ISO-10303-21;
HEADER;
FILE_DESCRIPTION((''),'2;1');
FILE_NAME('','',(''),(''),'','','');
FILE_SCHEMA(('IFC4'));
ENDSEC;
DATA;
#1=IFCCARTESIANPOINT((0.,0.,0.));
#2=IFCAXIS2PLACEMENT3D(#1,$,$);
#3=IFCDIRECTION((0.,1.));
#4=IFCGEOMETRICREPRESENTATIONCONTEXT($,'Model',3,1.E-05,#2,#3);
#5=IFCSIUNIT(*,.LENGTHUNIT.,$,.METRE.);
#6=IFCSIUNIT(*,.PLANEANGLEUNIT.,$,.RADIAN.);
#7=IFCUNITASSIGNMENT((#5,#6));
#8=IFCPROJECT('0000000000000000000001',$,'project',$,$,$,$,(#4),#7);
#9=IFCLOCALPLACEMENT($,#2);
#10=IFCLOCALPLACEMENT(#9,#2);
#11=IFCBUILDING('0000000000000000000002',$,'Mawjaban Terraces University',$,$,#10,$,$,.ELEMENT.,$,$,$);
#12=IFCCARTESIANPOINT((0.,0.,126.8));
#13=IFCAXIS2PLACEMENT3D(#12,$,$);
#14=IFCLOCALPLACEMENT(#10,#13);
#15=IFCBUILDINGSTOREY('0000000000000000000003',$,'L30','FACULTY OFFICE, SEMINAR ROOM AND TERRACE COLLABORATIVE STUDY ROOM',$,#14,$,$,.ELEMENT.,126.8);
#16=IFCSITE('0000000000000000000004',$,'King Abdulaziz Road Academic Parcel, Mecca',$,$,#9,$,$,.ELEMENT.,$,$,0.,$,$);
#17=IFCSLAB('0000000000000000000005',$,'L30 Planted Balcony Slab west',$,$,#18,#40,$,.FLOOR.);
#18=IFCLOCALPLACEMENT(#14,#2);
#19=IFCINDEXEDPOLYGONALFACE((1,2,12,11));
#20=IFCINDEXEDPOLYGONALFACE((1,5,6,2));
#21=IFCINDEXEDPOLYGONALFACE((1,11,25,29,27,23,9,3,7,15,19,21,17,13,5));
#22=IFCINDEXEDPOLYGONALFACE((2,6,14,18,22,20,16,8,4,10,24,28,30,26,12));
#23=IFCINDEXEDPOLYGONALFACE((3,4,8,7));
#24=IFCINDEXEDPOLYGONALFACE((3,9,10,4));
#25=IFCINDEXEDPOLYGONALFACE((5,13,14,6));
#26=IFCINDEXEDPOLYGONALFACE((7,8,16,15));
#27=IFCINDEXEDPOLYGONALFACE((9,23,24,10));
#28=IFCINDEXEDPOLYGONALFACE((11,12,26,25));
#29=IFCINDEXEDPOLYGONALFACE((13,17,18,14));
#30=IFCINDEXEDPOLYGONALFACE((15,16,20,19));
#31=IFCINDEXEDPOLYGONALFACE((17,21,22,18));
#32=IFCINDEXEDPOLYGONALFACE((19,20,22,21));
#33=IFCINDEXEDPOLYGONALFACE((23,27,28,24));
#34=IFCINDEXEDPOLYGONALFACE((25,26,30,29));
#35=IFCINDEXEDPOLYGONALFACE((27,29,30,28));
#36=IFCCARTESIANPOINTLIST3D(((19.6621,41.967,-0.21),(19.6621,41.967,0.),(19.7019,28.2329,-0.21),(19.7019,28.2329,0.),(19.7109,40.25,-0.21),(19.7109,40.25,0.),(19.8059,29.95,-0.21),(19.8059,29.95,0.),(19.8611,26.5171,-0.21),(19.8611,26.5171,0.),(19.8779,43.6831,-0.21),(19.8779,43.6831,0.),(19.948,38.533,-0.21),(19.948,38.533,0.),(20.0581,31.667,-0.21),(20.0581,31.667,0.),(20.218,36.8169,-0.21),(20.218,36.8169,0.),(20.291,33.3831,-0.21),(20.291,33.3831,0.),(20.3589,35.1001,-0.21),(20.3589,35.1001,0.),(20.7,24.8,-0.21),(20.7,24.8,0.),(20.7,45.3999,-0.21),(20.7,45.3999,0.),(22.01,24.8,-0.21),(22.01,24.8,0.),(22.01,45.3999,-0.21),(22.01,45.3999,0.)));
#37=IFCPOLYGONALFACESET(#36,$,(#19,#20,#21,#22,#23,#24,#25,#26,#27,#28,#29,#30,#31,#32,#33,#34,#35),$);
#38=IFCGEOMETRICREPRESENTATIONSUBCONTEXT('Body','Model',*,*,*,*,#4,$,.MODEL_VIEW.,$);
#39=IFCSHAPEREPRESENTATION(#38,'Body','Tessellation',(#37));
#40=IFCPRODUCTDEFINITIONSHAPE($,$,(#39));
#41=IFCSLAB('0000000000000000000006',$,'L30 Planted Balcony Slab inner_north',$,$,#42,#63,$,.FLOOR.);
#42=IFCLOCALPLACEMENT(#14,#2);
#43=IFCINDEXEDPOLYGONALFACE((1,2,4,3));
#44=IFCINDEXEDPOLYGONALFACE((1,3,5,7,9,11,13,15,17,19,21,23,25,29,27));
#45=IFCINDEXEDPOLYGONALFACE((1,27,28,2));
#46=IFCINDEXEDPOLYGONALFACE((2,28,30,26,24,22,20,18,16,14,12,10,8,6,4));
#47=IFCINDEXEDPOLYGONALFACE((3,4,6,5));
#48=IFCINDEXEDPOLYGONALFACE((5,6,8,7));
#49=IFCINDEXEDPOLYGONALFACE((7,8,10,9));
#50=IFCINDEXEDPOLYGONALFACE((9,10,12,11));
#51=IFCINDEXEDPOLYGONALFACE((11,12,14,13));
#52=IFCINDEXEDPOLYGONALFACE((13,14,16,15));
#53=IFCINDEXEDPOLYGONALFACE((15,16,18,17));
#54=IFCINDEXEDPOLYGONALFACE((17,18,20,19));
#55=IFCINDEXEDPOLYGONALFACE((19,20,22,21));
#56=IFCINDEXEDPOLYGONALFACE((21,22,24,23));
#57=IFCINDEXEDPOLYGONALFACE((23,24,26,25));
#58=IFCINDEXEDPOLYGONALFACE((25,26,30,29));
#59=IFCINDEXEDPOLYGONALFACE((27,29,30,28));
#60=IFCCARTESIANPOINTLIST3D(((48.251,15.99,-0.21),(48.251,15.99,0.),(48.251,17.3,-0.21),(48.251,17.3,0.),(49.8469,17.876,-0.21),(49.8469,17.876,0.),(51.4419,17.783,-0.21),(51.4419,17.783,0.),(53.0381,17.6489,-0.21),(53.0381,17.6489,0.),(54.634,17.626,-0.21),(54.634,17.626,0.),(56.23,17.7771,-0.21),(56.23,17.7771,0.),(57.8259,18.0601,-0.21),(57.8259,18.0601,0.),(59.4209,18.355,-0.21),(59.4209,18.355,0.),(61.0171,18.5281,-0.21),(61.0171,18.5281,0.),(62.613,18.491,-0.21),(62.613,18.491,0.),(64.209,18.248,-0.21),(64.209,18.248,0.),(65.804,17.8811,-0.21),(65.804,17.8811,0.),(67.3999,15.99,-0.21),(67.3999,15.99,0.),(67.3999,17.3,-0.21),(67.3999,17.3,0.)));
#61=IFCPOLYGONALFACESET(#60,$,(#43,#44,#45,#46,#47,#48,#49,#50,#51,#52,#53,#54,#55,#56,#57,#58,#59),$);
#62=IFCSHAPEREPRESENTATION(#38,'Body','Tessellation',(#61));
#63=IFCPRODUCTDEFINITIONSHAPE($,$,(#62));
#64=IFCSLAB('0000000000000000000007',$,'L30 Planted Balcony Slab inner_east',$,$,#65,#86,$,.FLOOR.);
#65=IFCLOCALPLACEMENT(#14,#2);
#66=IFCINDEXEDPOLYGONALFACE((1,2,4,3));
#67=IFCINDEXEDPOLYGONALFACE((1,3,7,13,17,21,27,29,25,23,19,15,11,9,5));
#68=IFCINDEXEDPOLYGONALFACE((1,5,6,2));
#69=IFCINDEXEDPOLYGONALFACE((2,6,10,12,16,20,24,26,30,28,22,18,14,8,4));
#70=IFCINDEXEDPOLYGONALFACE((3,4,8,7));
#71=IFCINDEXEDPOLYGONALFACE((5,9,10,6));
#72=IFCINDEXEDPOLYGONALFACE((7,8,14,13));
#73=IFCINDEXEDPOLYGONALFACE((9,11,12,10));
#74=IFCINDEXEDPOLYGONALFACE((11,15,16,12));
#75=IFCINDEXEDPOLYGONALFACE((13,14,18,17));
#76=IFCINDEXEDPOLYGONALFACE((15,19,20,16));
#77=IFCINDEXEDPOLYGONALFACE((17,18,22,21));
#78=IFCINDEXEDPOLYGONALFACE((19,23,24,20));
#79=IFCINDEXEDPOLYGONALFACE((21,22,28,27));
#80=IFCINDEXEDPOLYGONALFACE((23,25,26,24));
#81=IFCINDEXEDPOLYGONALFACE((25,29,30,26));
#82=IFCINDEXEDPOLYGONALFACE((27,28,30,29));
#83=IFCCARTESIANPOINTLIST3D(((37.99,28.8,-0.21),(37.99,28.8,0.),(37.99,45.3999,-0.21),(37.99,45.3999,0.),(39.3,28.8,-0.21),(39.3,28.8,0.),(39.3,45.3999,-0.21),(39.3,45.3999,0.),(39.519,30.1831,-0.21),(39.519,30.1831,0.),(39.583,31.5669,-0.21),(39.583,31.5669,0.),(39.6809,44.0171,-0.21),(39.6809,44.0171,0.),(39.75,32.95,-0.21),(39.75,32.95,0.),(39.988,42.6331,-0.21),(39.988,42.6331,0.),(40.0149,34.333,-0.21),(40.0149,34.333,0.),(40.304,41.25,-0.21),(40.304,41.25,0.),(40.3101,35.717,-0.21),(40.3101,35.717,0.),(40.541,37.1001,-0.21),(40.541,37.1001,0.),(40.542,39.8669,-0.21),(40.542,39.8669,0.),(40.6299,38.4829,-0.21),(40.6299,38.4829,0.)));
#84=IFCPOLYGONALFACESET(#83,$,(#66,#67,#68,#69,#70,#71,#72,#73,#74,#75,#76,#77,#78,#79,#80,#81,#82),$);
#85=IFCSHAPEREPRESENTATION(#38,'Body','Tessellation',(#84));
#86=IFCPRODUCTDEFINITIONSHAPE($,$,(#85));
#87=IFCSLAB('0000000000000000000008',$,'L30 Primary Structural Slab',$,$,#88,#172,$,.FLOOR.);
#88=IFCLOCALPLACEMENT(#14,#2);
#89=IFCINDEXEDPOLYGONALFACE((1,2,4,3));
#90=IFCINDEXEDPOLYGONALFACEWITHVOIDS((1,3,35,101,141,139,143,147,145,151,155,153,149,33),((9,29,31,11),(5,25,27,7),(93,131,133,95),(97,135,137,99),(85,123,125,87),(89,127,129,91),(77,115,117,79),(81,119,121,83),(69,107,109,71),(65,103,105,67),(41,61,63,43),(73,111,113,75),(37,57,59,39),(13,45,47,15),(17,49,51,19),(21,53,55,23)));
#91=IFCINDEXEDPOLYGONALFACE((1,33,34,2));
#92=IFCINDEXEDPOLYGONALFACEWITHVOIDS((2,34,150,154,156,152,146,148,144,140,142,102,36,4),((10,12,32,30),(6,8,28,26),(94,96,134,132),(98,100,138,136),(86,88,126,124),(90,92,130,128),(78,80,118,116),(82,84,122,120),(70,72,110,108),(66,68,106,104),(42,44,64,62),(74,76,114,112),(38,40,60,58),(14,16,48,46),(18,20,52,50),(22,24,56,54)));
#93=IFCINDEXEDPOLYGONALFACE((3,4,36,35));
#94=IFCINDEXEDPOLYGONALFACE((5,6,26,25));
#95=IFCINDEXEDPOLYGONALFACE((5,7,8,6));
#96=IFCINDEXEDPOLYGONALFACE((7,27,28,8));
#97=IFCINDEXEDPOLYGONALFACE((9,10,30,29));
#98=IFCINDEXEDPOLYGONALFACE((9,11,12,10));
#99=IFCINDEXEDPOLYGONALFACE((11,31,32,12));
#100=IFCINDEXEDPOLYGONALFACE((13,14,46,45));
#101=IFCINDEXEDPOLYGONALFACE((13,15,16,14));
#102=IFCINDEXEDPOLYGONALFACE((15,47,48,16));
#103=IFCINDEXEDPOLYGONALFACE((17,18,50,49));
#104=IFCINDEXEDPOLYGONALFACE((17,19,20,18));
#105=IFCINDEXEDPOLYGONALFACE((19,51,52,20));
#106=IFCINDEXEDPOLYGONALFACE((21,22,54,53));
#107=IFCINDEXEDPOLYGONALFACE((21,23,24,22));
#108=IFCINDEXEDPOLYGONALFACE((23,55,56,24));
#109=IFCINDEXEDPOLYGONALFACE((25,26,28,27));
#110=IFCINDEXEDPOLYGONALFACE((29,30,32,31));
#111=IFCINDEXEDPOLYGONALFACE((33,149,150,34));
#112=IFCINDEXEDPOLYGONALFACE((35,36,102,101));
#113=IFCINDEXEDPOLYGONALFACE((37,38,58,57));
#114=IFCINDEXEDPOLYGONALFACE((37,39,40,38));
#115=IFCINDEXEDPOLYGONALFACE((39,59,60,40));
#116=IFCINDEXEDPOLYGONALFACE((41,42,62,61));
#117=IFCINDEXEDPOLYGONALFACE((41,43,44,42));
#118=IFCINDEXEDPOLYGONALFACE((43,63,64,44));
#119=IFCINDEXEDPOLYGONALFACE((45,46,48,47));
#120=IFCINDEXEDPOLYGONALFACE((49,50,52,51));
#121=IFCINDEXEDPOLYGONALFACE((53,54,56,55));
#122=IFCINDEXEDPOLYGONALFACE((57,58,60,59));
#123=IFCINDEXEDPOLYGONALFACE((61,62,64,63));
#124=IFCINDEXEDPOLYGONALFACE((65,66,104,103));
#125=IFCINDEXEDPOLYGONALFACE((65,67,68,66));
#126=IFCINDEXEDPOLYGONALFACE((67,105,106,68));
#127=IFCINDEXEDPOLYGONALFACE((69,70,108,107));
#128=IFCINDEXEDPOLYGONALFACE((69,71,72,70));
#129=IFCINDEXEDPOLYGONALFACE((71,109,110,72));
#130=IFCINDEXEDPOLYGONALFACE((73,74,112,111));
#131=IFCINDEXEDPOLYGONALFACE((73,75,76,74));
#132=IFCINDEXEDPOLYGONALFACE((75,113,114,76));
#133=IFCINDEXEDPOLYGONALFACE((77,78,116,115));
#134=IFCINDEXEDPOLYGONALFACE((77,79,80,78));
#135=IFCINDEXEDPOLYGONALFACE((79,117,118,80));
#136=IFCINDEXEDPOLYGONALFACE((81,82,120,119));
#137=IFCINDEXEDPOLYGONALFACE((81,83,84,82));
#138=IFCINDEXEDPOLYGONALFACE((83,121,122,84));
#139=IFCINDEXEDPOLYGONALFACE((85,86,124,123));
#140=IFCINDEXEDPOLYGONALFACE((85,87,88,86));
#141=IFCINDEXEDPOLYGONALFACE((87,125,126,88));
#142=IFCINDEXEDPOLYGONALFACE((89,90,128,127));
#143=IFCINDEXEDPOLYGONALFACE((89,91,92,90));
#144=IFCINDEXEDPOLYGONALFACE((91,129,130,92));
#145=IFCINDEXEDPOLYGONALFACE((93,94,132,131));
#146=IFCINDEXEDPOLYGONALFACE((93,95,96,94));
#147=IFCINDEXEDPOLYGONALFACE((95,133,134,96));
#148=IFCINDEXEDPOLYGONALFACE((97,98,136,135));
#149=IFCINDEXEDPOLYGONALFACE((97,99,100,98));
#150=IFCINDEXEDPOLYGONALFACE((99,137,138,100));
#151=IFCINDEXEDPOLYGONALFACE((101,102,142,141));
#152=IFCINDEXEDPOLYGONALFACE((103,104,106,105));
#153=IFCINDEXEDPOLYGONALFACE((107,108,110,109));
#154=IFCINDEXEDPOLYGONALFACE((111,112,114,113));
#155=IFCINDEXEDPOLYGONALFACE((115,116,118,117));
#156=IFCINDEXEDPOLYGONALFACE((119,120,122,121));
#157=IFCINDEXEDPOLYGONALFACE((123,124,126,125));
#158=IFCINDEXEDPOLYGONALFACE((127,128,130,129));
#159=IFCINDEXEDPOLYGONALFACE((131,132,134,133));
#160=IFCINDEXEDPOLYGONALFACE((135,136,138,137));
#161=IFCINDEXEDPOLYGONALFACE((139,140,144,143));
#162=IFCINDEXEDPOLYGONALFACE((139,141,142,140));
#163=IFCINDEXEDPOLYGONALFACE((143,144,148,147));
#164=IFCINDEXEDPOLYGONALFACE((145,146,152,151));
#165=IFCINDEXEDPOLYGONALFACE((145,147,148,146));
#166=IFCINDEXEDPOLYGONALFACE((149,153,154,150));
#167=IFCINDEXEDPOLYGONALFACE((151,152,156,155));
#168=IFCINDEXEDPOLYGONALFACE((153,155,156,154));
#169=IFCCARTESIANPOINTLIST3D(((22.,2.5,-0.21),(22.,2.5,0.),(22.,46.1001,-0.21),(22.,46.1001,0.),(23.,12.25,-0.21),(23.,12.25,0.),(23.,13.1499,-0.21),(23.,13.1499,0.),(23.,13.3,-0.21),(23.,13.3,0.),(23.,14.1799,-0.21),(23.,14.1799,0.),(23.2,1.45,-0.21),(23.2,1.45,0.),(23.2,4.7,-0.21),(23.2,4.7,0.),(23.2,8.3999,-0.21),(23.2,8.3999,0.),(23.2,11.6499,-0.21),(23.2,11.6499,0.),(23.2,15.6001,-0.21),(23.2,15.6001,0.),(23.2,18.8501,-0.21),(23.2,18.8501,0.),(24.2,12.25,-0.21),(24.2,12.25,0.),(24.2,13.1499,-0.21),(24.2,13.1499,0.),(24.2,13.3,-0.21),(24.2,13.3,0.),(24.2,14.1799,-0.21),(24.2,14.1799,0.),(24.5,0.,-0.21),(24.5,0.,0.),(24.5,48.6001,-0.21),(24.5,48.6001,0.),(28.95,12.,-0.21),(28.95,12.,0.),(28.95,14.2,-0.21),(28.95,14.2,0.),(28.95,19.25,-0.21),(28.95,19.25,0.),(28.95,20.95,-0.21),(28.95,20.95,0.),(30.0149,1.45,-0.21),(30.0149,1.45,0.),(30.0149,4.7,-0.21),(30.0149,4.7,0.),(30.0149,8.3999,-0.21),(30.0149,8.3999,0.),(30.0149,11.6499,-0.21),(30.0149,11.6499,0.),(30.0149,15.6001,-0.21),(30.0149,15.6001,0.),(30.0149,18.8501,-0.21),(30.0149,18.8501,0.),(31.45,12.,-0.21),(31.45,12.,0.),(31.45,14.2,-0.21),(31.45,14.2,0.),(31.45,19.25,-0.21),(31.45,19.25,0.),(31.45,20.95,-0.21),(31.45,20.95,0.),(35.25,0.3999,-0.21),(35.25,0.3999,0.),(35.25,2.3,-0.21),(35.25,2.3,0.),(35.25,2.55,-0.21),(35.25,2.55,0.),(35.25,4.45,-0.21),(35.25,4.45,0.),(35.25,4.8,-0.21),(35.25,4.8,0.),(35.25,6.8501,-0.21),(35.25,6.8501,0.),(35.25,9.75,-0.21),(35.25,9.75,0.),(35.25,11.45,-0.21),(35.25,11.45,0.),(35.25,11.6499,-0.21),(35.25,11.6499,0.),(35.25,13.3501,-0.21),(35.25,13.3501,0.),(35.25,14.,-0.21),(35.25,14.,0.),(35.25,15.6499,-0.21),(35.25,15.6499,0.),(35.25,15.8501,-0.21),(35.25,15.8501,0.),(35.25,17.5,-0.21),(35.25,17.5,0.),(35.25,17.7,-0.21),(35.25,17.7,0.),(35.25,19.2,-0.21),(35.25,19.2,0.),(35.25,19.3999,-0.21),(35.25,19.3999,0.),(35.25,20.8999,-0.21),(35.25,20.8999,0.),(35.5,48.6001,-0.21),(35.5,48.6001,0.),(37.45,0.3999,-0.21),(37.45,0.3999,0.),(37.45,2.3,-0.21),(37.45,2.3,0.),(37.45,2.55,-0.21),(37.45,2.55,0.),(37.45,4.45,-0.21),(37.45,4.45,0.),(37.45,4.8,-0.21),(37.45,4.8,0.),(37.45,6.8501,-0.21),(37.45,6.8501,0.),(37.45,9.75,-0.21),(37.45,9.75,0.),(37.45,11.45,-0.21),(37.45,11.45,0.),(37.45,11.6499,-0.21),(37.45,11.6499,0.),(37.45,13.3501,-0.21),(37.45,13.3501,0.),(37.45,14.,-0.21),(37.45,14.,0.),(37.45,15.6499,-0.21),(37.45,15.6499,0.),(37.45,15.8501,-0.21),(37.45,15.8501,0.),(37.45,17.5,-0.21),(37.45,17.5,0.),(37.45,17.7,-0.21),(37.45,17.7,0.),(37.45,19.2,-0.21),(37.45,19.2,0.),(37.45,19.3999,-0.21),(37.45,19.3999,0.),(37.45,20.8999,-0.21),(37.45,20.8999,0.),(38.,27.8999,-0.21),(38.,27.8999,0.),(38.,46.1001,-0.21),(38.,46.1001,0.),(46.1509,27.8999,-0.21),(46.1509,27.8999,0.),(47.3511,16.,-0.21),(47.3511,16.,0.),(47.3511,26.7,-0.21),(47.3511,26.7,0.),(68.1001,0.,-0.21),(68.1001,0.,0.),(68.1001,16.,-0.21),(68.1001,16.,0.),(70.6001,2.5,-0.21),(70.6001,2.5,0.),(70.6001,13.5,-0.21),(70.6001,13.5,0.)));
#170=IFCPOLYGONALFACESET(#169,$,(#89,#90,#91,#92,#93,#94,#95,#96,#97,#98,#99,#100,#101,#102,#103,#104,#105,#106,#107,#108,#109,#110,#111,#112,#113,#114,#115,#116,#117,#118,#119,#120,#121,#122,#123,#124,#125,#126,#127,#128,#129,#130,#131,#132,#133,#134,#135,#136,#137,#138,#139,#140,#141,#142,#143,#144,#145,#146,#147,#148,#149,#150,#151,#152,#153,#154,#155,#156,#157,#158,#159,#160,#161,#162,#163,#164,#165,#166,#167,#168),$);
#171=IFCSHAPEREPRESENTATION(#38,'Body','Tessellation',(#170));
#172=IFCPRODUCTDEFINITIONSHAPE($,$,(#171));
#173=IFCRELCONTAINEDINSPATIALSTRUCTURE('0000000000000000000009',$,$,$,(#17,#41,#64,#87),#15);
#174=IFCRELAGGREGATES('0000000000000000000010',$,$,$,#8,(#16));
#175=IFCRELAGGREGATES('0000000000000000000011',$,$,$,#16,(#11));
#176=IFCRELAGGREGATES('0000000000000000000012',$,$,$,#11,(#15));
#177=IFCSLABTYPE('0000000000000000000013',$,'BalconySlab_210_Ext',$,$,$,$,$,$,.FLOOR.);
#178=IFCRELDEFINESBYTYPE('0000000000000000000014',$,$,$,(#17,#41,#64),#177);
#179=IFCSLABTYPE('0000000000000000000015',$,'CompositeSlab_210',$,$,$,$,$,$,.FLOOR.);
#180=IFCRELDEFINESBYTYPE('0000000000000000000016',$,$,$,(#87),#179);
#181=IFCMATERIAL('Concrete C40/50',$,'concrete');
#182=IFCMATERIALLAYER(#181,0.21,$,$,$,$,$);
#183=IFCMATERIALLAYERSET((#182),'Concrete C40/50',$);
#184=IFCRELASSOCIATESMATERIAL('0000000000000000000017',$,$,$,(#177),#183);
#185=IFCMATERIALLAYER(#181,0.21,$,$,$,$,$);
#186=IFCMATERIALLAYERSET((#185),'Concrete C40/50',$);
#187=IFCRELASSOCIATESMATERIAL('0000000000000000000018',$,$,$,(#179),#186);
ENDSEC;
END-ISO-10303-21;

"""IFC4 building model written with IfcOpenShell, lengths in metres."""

from ifc_helpers import new_model, si_unit, direction, frame, origin, place, context, subcontext, project, spatial, polyline, outline, extrude, material, layer, layer_set, type_object, element, save


model = new_model("IFC4")

# Units and contexts
model_context = context("Model", 3, precision=1e-05, world=origin(), true_north=direction((0.0, 1.0)))
body_context = subcontext(model_context, "Body", "Model", "MODEL_VIEW")
ifc_project = project(units=[si_unit("LENGTHUNIT", "METRE"), si_unit("PLANEANGLEUNIT", "RADIAN")], contexts=[model_context])

# Site, building, storey
site_placement = place(None, origin())
site = spatial("IfcSite", under=ifc_project, at=site_placement, Name="King Abdulaziz Road Academic Parcel, Mecca", CompositionType="ELEMENT", RefElevation=0.0)
building_placement = place(site_placement, origin())
building = spatial("IfcBuilding", under=site, at=building_placement, Name="Mawjaban Terraces University", CompositionType="ELEMENT")
storey_placement = place(building_placement, frame((0.0, 0.0, 126.8)))
storey = spatial("IfcBuildingStorey", under=building, at=storey_placement, Name="L30", Description="FACULTY OFFICE, SEMINAR ROOM AND TERRACE COLLABORATIVE STUDY ROOM", CompositionType="ELEMENT", Elevation=126.8)

# Slabs
ifc_material_1 = material(Name="Concrete C40/50", Category="concrete")
ifc_layer_1 = layer(ifc_material_1, 0.21)
ifc_layer_set_1 = layer_set([ifc_layer_1], Name="Concrete C40/50")
slab_type_1 = type_object("IfcSlabType", Name="BalconySlab_210_Ext", PredefinedType="FLOOR", material=ifc_layer_set_1)
slab_1_placement = place(storey_placement, frame((0.0, 0.0, -0.21)))
element("IfcSlab", 1, at=slab_1_placement, inside=storey, type_object=slab_type_1, Name="L30 Planted Balcony Slab west", PredefinedType="FLOOR", context=body_context, shape_type="SweptSolid", body=[
    extrude(outline(polyline([(22.01, 24.8), (22.01, 45.3999), (20.7, 45.3999), (19.8779, 43.6831), (19.6621, 41.967), (19.7109, 40.25), (19.948, 38.533), (20.218, 36.8169), (20.3589, 35.1001), (20.291, 33.3831), (20.0581, 31.667), (19.8059, 29.95), (19.7019, 28.2329), (19.8611, 26.5171), (20.7, 24.8), (22.01, 24.8)])), origin(), (0.0, 0.0, 1.0), 0.21),
])
slab_2_placement = place(storey_placement, frame((0.0, 0.0, -0.21)))
element("IfcSlab", 2, at=slab_2_placement, inside=storey, type_object=slab_type_1, Name="L30 Planted Balcony Slab inner_north", PredefinedType="FLOOR", context=body_context, shape_type="SweptSolid", body=[
    extrude(outline(polyline([(48.251, 15.99), (67.3999, 15.99), (67.3999, 17.3), (65.804, 17.8811), (64.209, 18.248), (62.613, 18.491), (61.0171, 18.5281), (59.4209, 18.355), (57.8259, 18.0601), (56.23, 17.7771), (54.634, 17.626), (53.0381, 17.6489), (51.4419, 17.783), (49.8469, 17.876), (48.251, 17.3), (48.251, 15.99)])), origin(), (0.0, 0.0, 1.0), 0.21),
])
slab_3_placement = place(storey_placement, frame((0.0, 0.0, -0.21)))
element("IfcSlab", 3, at=slab_3_placement, inside=storey, type_object=slab_type_1, Name="L30 Planted Balcony Slab inner_east", PredefinedType="FLOOR", context=body_context, shape_type="SweptSolid", body=[
    extrude(outline(polyline([(39.3, 28.8), (39.519, 30.1831), (39.583, 31.5669), (39.75, 32.95), (40.0149, 34.333), (40.3101, 35.717), (40.541, 37.1001), (40.6299, 38.4829), (40.542, 39.8669), (40.304, 41.25), (39.988, 42.6331), (39.6809, 44.0171), (39.3, 45.3999), (37.99, 45.3999), (37.99, 28.8), (39.3, 28.8)])), origin(), (0.0, 0.0, 1.0), 0.21),
])
ifc_layer_2 = layer(ifc_material_1, 0.21)
ifc_layer_set_2 = layer_set([ifc_layer_2], Name="Concrete C40/50")
slab_type_2 = type_object("IfcSlabType", Name="CompositeSlab_210", PredefinedType="FLOOR", material=ifc_layer_set_2)
slab_4_placement = place(storey_placement, frame((0.0, 0.0, -0.21)))
element("IfcSlab", 4, at=slab_4_placement, inside=storey, type_object=slab_type_2, Name="L30 Primary Structural Slab", PredefinedType="FLOOR", context=body_context, shape_type="SweptSolid", body=[
    extrude(outline(polyline([(24.5, 0.0), (68.1001, 0.0), (70.6001, 2.5), (70.6001, 13.5), (68.1001, 16.0), (47.3511, 16.0), (47.3511, 26.7), (46.1509, 27.8999), (38.0, 27.8999), (38.0, 46.1001), (35.5, 48.6001), (24.5, 48.6001), (22.0, 46.1001), (22.0, 2.5), (24.5, 0.0)]), holes=[polyline([(30.0149, 4.7), (23.2, 4.7), (23.2, 1.45), (30.0149, 1.45), (30.0149, 4.7)]), polyline([(30.0149, 18.8501), (23.2, 18.8501), (23.2, 15.6001), (30.0149, 15.6001), (30.0149, 18.8501)]), polyline([(30.0149, 11.6499), (23.2, 11.6499), (23.2, 8.3999), (30.0149, 8.3999), (30.0149, 11.6499)]), polyline([(35.25, 0.3999), (37.45, 0.3999), (37.45, 2.3), (35.25, 2.3), (35.25, 0.3999)]), polyline([(35.25, 2.55), (37.45, 2.55), (37.45, 4.45), (35.25, 4.45), (35.25, 2.55)]), polyline([(35.25, 4.8), (37.45, 4.8), (37.45, 6.8501), (35.25, 6.8501), (35.25, 4.8)]), polyline([(35.25, 9.75), (37.45, 9.75), (37.45, 11.45), (35.25, 11.45), (35.25, 9.75)]), polyline([(35.25, 11.6499), (37.45, 11.6499), (37.45, 13.3501), (35.25, 13.3501), (35.25, 11.6499)]), polyline([(28.95, 12.0), (31.45, 12.0), (31.45, 14.2), (28.95, 14.2), (28.95, 12.0)]), polyline([(35.25, 14.0), (37.45, 14.0), (37.45, 15.6499), (35.25, 15.6499), (35.25, 14.0)]), polyline([(35.25, 15.8501), (37.45, 15.8501), (37.45, 17.5), (35.25, 17.5), (35.25, 15.8501)]), polyline([(35.25, 17.7), (37.45, 17.7), (37.45, 19.2), (35.25, 19.2), (35.25, 17.7)]), polyline([(35.25, 19.3999), (37.45, 19.3999), (37.45, 20.8999), (35.25, 20.8999), (35.25, 19.3999)]), polyline([(28.95, 19.25), (31.45, 19.25), (31.45, 20.95), (28.95, 20.95), (28.95, 19.25)]), polyline([(23.0, 12.25), (24.2, 12.25), (24.2, 13.1499), (23.0, 13.1499), (23.0, 12.25)]), polyline([(23.0, 13.3), (24.2, 13.3), (24.2, 14.1799), (23.0, 14.1799), (23.0, 13.3)])]), origin(), (0.0, 0.0, 1.0), 0.21),
])

save(model, "model.ifc")
